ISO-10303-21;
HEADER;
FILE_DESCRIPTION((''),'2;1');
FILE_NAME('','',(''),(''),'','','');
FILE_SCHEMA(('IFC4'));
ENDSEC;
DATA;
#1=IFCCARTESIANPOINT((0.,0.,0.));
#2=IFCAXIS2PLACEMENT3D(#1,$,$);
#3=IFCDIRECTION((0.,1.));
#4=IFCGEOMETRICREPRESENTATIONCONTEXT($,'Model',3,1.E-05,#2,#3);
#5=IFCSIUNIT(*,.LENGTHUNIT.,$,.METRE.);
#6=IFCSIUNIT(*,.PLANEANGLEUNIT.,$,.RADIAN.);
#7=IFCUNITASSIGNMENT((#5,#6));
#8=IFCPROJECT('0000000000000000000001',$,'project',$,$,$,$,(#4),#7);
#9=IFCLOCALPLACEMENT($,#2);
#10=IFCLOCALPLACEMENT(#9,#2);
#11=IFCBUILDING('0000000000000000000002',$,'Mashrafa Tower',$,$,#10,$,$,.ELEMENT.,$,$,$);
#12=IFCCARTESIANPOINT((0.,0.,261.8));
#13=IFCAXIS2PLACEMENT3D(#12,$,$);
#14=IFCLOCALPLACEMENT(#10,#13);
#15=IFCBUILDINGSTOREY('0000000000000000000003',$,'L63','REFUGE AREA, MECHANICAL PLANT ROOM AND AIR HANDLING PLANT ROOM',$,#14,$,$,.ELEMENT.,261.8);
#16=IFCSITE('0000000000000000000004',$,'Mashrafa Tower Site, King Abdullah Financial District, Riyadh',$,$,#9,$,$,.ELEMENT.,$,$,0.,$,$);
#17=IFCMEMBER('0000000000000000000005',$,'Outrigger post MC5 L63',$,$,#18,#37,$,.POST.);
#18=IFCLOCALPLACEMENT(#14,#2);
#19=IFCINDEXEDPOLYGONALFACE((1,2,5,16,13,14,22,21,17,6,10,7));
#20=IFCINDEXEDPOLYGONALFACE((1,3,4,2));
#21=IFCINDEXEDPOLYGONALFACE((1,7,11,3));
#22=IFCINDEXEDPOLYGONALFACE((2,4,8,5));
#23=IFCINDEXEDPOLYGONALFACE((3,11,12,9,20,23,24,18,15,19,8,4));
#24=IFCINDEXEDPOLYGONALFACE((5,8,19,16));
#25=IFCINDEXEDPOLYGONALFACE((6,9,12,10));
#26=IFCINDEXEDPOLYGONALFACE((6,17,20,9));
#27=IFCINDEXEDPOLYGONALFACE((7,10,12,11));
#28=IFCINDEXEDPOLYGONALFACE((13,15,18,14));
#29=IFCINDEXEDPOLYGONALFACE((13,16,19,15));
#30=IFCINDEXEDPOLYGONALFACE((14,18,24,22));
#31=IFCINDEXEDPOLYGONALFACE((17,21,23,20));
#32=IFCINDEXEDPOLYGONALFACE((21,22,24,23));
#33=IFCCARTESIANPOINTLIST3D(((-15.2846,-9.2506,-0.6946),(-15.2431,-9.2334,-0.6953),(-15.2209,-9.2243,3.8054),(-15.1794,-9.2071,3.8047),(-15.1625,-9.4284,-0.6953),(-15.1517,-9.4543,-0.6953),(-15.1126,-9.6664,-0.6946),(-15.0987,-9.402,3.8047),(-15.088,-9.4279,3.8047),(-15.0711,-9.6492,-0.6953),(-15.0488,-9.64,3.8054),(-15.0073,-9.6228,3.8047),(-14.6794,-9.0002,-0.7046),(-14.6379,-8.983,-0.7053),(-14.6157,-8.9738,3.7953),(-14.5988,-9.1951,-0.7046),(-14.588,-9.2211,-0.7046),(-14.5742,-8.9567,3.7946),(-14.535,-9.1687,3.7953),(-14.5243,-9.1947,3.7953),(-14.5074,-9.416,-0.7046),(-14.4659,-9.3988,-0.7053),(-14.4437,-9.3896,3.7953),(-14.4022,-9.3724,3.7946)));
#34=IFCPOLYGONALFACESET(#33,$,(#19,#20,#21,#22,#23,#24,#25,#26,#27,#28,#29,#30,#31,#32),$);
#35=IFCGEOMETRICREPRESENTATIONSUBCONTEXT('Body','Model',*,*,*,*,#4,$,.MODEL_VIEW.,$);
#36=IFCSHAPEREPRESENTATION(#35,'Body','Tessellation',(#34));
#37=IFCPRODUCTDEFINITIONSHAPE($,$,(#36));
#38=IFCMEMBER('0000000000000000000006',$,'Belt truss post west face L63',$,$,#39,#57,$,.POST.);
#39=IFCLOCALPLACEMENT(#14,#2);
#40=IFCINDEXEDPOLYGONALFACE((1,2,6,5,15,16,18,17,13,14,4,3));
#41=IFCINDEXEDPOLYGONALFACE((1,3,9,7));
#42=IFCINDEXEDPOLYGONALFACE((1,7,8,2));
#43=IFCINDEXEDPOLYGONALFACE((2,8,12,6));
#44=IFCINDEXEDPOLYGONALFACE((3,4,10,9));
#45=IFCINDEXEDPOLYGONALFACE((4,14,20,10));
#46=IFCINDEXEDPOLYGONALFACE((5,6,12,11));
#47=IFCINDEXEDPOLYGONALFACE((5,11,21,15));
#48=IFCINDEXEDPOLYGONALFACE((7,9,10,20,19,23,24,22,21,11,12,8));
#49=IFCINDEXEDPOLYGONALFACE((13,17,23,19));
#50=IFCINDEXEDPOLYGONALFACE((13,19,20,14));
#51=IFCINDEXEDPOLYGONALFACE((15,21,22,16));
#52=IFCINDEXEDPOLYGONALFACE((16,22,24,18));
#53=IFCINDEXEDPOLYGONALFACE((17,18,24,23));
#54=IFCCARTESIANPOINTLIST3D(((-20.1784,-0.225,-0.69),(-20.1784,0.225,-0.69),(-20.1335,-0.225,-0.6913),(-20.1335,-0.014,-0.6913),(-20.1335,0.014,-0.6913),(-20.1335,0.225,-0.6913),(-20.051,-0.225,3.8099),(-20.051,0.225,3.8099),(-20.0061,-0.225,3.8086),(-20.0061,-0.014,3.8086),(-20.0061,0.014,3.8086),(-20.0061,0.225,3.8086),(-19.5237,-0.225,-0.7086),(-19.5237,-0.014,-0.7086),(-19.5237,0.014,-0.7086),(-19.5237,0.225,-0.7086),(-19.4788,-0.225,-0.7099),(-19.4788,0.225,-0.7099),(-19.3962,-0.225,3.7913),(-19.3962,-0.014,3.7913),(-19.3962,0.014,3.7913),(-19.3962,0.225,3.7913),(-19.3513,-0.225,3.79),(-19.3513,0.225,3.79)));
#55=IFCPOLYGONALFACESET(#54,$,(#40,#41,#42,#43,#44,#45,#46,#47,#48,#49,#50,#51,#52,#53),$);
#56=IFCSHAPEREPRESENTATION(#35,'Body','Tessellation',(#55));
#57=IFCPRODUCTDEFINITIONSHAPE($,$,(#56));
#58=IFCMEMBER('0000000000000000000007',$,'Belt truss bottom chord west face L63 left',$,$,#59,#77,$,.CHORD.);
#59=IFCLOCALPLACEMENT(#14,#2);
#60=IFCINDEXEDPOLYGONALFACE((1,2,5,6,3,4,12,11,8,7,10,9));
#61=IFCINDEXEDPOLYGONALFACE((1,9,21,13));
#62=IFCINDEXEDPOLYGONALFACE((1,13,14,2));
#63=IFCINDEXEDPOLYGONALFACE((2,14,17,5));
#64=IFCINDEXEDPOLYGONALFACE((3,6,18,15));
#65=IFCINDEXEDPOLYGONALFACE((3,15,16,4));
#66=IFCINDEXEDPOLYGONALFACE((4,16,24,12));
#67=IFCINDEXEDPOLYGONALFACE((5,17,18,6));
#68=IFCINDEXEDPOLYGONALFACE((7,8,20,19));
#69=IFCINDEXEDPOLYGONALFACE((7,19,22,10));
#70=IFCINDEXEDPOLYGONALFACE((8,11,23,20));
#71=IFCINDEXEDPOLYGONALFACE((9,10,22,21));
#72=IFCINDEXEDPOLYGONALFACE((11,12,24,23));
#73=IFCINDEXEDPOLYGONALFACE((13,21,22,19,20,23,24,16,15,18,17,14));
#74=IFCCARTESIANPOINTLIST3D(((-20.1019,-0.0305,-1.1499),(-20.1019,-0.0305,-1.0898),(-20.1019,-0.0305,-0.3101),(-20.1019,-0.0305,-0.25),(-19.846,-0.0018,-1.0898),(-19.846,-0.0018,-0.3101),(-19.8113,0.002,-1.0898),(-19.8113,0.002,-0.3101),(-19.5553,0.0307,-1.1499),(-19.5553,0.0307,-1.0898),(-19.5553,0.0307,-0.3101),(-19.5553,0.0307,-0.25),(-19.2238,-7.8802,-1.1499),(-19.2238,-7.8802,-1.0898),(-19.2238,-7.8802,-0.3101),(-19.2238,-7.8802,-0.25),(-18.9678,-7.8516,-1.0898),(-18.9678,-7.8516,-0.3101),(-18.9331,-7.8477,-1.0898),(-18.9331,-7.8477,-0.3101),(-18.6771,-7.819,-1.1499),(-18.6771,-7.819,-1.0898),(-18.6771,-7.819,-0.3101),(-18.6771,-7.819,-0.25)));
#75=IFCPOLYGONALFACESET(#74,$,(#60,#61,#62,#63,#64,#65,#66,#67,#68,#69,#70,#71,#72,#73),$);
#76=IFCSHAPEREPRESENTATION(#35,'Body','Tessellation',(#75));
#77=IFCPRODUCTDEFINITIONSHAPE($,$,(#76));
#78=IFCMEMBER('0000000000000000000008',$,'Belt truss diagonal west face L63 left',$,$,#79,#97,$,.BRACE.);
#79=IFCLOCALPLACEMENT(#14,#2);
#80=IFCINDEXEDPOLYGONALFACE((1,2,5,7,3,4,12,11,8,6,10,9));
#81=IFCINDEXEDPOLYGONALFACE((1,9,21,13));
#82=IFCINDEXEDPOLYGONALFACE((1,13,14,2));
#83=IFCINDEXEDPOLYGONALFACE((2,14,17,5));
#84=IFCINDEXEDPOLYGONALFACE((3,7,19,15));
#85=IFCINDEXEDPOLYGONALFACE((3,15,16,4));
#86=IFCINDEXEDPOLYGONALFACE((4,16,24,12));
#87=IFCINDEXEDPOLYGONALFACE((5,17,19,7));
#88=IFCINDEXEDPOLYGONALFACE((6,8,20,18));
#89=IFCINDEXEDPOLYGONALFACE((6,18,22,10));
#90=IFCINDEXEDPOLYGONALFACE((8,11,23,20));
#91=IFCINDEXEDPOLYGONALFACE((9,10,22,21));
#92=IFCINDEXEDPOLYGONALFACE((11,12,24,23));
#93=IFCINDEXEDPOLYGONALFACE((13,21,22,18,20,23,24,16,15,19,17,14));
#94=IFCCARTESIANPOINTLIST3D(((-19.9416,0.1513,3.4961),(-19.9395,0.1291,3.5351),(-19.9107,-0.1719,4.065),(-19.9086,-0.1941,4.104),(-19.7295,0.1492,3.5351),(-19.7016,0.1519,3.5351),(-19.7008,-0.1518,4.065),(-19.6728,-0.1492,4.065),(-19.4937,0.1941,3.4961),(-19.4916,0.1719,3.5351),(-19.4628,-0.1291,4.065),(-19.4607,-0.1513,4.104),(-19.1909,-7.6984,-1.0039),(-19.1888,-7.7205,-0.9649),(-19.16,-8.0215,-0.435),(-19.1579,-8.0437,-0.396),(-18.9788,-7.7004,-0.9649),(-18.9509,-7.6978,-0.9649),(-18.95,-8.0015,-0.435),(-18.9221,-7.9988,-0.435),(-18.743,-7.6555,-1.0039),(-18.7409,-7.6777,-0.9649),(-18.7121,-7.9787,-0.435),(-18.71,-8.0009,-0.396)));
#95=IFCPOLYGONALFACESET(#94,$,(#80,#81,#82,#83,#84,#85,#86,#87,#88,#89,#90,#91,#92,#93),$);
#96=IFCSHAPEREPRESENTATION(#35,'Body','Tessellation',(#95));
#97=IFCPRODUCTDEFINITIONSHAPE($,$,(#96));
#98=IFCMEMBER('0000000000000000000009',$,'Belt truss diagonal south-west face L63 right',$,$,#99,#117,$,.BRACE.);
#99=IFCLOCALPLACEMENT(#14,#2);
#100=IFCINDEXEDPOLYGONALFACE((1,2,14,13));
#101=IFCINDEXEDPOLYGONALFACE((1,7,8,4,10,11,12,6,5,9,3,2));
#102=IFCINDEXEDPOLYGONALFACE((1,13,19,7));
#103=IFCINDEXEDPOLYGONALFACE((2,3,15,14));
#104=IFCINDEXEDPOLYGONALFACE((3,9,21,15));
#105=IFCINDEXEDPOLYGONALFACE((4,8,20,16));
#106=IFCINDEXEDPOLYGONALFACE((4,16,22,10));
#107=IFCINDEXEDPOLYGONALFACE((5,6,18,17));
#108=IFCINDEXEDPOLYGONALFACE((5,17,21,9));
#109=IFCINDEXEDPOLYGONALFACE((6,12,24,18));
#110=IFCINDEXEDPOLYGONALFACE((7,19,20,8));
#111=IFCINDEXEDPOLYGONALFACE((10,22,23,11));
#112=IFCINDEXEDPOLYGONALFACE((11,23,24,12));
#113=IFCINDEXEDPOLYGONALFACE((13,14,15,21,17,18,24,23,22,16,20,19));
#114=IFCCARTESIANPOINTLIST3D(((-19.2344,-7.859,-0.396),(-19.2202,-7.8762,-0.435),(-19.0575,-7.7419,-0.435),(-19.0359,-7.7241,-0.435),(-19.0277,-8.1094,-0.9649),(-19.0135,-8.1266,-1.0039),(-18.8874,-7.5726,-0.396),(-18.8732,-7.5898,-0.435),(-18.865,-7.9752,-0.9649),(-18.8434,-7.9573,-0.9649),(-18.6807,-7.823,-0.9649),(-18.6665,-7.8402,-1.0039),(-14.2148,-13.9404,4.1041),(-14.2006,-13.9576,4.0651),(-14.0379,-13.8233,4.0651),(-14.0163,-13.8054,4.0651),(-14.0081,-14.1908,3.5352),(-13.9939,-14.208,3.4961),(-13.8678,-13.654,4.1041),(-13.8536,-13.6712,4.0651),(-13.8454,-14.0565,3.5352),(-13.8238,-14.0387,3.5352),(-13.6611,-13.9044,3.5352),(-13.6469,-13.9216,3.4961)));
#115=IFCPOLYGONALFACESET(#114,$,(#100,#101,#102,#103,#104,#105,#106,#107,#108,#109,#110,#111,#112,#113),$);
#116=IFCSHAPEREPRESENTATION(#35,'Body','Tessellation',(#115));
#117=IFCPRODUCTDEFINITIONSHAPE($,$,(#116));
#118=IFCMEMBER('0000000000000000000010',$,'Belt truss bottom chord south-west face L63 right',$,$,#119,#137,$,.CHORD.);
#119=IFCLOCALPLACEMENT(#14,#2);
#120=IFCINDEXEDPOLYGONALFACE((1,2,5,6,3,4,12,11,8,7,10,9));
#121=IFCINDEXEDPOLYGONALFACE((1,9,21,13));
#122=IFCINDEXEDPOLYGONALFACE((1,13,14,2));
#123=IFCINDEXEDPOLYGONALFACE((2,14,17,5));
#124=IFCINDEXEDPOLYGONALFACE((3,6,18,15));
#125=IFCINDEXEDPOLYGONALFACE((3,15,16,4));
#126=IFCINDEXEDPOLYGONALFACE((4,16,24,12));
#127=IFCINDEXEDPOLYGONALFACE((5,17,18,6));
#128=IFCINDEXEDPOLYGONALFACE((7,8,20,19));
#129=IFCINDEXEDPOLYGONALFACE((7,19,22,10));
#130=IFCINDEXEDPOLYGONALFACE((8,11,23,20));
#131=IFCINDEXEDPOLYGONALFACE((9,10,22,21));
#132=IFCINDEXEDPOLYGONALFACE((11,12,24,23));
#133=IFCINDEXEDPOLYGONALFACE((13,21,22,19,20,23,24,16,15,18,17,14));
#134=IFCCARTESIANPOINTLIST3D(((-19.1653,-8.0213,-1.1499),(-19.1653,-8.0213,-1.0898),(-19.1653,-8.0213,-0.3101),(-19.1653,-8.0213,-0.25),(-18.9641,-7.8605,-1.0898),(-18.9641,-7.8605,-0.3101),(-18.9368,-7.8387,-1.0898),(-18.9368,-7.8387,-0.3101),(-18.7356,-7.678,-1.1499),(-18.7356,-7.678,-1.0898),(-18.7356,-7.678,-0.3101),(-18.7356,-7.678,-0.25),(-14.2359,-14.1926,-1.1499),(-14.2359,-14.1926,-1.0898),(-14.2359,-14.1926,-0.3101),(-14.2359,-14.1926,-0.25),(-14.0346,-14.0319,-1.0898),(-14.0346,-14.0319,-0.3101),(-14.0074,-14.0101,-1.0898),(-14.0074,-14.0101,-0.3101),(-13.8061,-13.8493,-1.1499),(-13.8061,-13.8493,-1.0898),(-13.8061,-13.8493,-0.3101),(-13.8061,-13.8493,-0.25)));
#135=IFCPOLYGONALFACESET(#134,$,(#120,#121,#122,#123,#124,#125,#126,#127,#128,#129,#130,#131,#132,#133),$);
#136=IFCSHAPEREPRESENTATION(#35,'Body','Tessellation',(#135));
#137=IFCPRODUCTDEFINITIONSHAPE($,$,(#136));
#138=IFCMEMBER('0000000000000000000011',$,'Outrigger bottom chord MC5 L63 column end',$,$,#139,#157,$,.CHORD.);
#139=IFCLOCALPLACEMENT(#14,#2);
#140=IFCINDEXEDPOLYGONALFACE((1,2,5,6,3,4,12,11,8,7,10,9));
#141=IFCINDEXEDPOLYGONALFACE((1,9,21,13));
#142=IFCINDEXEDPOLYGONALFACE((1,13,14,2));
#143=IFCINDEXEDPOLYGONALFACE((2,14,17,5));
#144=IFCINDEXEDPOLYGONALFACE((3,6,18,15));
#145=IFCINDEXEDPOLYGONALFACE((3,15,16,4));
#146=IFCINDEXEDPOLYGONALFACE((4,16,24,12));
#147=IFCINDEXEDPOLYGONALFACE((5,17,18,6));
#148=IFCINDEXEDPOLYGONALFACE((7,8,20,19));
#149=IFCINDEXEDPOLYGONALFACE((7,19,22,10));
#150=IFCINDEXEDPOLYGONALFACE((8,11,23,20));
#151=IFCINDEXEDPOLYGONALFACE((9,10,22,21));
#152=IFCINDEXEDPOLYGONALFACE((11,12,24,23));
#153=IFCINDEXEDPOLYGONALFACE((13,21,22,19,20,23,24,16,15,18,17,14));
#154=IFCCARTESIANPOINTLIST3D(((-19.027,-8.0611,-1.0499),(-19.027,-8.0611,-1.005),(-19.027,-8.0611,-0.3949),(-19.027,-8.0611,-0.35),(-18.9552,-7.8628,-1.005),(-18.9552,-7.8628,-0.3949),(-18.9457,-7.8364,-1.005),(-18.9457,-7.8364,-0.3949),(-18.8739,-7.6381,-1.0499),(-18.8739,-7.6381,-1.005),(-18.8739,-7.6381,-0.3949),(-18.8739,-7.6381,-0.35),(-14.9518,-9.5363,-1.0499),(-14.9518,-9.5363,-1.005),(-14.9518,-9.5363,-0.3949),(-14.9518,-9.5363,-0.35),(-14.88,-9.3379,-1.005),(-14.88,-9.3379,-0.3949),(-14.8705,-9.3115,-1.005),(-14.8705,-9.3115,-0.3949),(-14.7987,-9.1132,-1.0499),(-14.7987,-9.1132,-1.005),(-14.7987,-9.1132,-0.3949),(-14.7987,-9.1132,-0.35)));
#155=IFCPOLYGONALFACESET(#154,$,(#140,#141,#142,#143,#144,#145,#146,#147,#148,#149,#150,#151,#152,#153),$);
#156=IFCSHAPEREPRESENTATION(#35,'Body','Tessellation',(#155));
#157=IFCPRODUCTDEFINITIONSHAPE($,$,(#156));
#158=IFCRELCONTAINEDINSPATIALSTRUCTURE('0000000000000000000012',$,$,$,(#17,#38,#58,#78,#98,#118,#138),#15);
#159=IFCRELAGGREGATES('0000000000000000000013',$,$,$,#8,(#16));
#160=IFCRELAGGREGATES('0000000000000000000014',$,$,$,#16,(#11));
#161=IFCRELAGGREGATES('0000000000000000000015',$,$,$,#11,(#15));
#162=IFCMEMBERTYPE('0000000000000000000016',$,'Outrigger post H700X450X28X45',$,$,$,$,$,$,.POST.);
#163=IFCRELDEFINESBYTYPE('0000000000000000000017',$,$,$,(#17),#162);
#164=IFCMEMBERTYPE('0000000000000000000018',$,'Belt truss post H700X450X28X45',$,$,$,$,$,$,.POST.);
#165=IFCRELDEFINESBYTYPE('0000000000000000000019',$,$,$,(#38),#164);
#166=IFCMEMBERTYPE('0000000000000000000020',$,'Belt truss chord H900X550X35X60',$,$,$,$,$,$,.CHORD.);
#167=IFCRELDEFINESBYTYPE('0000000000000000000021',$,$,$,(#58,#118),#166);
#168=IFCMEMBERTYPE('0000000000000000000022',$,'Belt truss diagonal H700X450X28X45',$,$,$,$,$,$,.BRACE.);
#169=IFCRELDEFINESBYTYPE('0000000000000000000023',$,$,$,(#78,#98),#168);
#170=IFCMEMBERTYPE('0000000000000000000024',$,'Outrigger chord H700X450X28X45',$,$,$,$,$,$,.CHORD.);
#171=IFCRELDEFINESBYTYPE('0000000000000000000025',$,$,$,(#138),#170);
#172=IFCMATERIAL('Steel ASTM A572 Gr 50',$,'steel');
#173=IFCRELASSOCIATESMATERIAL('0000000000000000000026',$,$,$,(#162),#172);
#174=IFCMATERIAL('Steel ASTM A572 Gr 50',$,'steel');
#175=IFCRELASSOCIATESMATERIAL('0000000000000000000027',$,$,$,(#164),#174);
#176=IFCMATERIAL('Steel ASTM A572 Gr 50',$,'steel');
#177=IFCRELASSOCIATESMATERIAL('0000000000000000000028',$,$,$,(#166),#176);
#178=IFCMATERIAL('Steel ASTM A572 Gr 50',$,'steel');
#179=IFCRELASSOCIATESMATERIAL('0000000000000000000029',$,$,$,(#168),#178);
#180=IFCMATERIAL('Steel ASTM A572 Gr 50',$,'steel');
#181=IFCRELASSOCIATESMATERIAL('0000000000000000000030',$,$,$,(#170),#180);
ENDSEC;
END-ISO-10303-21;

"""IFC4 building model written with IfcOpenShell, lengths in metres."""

from ifc_helpers import new_model, si_unit, direction, frame, origin, origin_2d, place, context, subcontext, project, spatial, i_section, extrude, source, transform, mapped, material, material_profile, profile_set, type_object, type_shapes, element, save


model = new_model("IFC4")

# Units and contexts
model_context = context("Model", 3, precision=1e-05, world=origin(), true_north=direction((0.0, 1.0)))
body_context = subcontext(model_context, "Body", "Model", "MODEL_VIEW")
ifc_project = project(units=[si_unit("LENGTHUNIT", "METRE"), si_unit("PLANEANGLEUNIT", "RADIAN")], contexts=[model_context])

# Site, building, storey
site_placement = place(None, origin())
site = spatial("IfcSite", under=ifc_project, at=site_placement, Name="Mashrafa Tower Site, King Abdullah Financial District, Riyadh", CompositionType="ELEMENT", RefElevation=0.0)
building_placement = place(site_placement, origin())
building = spatial("IfcBuilding", under=site, at=building_placement, Name="Mashrafa Tower", CompositionType="ELEMENT")
storey_placement = place(building_placement, frame((0.0, 0.0, 261.8)))
storey = spatial("IfcBuildingStorey", under=building, at=storey_placement, Name="L63", Description="REFUGE AREA, MECHANICAL PLANT ROOM AND AIR HANDLING PLANT ROOM", CompositionType="ELEMENT", Elevation=261.8)

# Members
ifc_material_1 = material(Name="Steel ASTM A572 Gr 50", Category="steel")
ifc_material_profile_1 = material_profile(ifc_material_1, i_section(OverallWidth=0.45, OverallDepth=0.7, WebThickness=0.0281, FlangeThickness=0.0449, at=origin_2d()), Name="H700X450X28X45")
ifc_profile_set_1 = profile_set([ifc_material_profile_1], Name="Steel ASTM A572 Gr 50")
member_type_1 = type_object("IfcMemberType", Name="Outrigger post H700X450X28X45", PredefinedType="POST", material=ifc_profile_set_1)
shared_shape_1 = source(origin(), body_context, "Body", "SweptSolid", [
    extrude(i_section(OverallWidth=0.45, OverallDepth=0.7, WebThickness=0.0281, FlangeThickness=0.0449, at=origin_2d()), origin(), (0.0, 0.0, 1.0), 4.5005),
])
type_shapes(member_type_1, [shared_shape_1])
member_1_placement = place(storey_placement, frame((-14.8752, -9.3247, -0.7), z_axis=(0.014158, 0.005859, 0.999883), x_axis=(-0.382352, 0.924017, 0.0)))
element("IfcMember", 1, at=member_1_placement, inside=storey, type_object=member_type_1, Name="Outrigger post MC5 L63", PredefinedType="POST", context=body_context, shape_type="MappedRepresentation", body=[
    mapped(shared_shape_1, transform((0.0, 0.0, 0.0))),
])
ifc_material_2 = material(Name="Steel ASTM A572 Gr 50", Category="steel")
ifc_material_profile_2 = material_profile(ifc_material_2, i_section(OverallWidth=0.45, OverallDepth=0.7, WebThickness=0.0281, FlangeThickness=0.0449, at=origin_2d()), Name="H700X450X28X45")
ifc_profile_set_2 = profile_set([ifc_material_profile_2], Name="Steel ASTM A572 Gr 50")
member_type_2 = type_object("IfcMemberType", Name="Belt truss post H700X450X28X45", PredefinedType="POST", material=ifc_profile_set_2)
shared_shape_2 = source(origin(), body_context, "Body", "SweptSolid", [
    extrude(i_section(OverallWidth=0.45, OverallDepth=0.7, WebThickness=0.0281, FlangeThickness=0.0449, at=origin_2d()), origin(), (0.0, 0.0, 1.0), 4.5017),
])
type_shapes(member_type_2, [shared_shape_2])
member_2_placement = place(storey_placement, frame((-19.8286, 0.0, -0.7), z_axis=(0.028309, 0.0, 0.999599), x_axis=(0.0, 1.0, 0.0)))
element("IfcMember", 2, at=member_2_placement, inside=storey, type_object=member_type_2, Name="Belt truss post west face L63", PredefinedType="POST", context=body_context, shape_type="MappedRepresentation", body=[
    mapped(shared_shape_2, transform((0.0, 0.0, 0.0))),
])
ifc_material_3 = material(Name="Steel ASTM A572 Gr 50", Category="steel")
ifc_material_profile_3 = material_profile(ifc_material_3, i_section(OverallWidth=0.55, OverallDepth=0.8999, WebThickness=0.0349, FlangeThickness=0.0601, at=origin_2d()), Name="H900X550X35X60")
ifc_profile_set_3 = profile_set([ifc_material_profile_3], Name="Steel ASTM A572 Gr 50")
member_type_3 = type_object("IfcMemberType", Name="Belt truss chord H900X550X35X60", PredefinedType="CHORD", material=ifc_profile_set_3)
shared_shape_3 = source(origin(), body_context, "Body", "SweptSolid", [
    extrude(i_section(OverallWidth=0.55, OverallDepth=0.8999, WebThickness=0.0349, FlangeThickness=0.0601, at=origin_2d()), origin(), (0.0, 0.0, 1.0), 7.8987),
])
member_3_placement = place(storey_placement, frame((-18.9504, -7.8496, -0.7), z_axis=(-0.111181, 0.9938, 0.0), x_axis=(-0.9938, -0.111181, 0.0)))
element("IfcMember", 3, at=member_3_placement, inside=storey, type_object=member_type_3, Name="Belt truss bottom chord west face L63 left", PredefinedType="CHORD", context=body_context, shape_type="MappedRepresentation", body=[
    mapped(shared_shape_3, transform((0.0, 0.0, 0.0))),
])
ifc_material_4 = material(Name="Steel ASTM A572 Gr 50", Category="steel")
ifc_material_profile_4 = material_profile(ifc_material_4, i_section(OverallWidth=0.45, OverallDepth=0.7, WebThickness=0.0281, FlangeThickness=0.0449, at=origin_2d()), Name="H700X450X28X45")
ifc_profile_set_4 = profile_set([ifc_material_profile_4], Name="Steel ASTM A572 Gr 50")
member_type_4 = type_object("IfcMemberType", Name="Belt truss diagonal H700X450X28X45", PredefinedType="BRACE", material=ifc_profile_set_4)
shared_shape_4 = source(origin(), body_context, "Body", "SweptSolid", [
    extrude(i_section(OverallWidth=0.45, OverallDepth=0.7, WebThickness=0.0281, FlangeThickness=0.0449, at=origin_2d()), origin(), (0.0, 0.0, 1.0), 9.0791),
])
type_shapes(member_type_4, [shared_shape_4])
for number, where, z_axis, x_axis, name in (
    (4, (-18.9504, -7.8496, -0.7), (-0.082688, 0.864581, 0.495644), (-0.995458, -0.095205, 0.0), "Belt truss diagonal west face L63 left"),
    (5, (-18.9504, -7.8496, -0.7), (0.552874, -0.669822, 0.49565), (0.77122, 0.636569, 0.0), "Belt truss diagonal south-west face L63 right"),
):
    element("IfcMember", number, at=place(storey_placement, frame(where, z_axis=z_axis, x_axis=x_axis)), inside=storey, type_object=member_type_4, Name=name, PredefinedType="BRACE", context=body_context, shape_type="MappedRepresentation", body=[
        mapped(shared_shape_4, transform((0.0, 0.0, 0.0))),
    ])
shared_shape_5 = source(origin(), body_context, "Body", "SweptSolid", [
    extrude(i_section(OverallWidth=0.55, OverallDepth=0.8999, WebThickness=0.0349, FlangeThickness=0.0601, at=origin_2d()), origin(), (0.0, 0.0, 1.0), 7.8984),
])
type_shapes(member_type_3, [shared_shape_3, shared_shape_5])
member_4_placement = place(storey_placement, frame((-18.9504, -7.8496, -0.7), z_axis=(0.624103, -0.781342, 0.0), x_axis=(0.781342, 0.624103, 0.0)))
element("IfcMember", 6, at=member_4_placement, inside=storey, type_object=member_type_3, Name="Belt truss bottom chord south-west face L63 right", PredefinedType="CHORD", context=body_context, shape_type="MappedRepresentation", body=[
    mapped(shared_shape_5, transform((0.0, 0.0, 0.0))),
])
ifc_material_5 = material(Name="Steel ASTM A572 Gr 50", Category="steel")
ifc_material_profile_5 = material_profile(ifc_material_5, i_section(OverallWidth=0.45, OverallDepth=0.7, WebThickness=0.0281, FlangeThickness=0.0449, at=origin_2d()), Name="H700X450X28X45")
ifc_profile_set_5 = profile_set([ifc_material_profile_5], Name="Steel ASTM A572 Gr 50")
member_type_5 = type_object("IfcMemberType", Name="Outrigger chord H700X450X28X45", PredefinedType="CHORD", material=ifc_profile_set_5)
shared_shape_6 = source(origin(), body_context, "Body", "SweptSolid", [
    extrude(i_section(OverallWidth=0.45, OverallDepth=0.7, WebThickness=0.0281, FlangeThickness=0.0449, at=origin_2d()), origin(), (0.0, 0.0, 1.0), 4.334),
])
type_shapes(member_type_5, [shared_shape_6])
member_5_placement = place(storey_placement, frame((-14.8752, -9.3247, -0.7), z_axis=(-0.940296, 0.340359, 0.0), x_axis=(-0.340359, -0.940296, 0.0)))
element("IfcMember", 7, at=member_5_placement, inside=storey, type_object=member_type_5, Name="Outrigger bottom chord MC5 L63 column end", PredefinedType="CHORD", context=body_context, shape_type="MappedRepresentation", body=[
    mapped(shared_shape_6, transform((0.0, 0.0, 0.0))),
])

save(model, "model.ifc")
